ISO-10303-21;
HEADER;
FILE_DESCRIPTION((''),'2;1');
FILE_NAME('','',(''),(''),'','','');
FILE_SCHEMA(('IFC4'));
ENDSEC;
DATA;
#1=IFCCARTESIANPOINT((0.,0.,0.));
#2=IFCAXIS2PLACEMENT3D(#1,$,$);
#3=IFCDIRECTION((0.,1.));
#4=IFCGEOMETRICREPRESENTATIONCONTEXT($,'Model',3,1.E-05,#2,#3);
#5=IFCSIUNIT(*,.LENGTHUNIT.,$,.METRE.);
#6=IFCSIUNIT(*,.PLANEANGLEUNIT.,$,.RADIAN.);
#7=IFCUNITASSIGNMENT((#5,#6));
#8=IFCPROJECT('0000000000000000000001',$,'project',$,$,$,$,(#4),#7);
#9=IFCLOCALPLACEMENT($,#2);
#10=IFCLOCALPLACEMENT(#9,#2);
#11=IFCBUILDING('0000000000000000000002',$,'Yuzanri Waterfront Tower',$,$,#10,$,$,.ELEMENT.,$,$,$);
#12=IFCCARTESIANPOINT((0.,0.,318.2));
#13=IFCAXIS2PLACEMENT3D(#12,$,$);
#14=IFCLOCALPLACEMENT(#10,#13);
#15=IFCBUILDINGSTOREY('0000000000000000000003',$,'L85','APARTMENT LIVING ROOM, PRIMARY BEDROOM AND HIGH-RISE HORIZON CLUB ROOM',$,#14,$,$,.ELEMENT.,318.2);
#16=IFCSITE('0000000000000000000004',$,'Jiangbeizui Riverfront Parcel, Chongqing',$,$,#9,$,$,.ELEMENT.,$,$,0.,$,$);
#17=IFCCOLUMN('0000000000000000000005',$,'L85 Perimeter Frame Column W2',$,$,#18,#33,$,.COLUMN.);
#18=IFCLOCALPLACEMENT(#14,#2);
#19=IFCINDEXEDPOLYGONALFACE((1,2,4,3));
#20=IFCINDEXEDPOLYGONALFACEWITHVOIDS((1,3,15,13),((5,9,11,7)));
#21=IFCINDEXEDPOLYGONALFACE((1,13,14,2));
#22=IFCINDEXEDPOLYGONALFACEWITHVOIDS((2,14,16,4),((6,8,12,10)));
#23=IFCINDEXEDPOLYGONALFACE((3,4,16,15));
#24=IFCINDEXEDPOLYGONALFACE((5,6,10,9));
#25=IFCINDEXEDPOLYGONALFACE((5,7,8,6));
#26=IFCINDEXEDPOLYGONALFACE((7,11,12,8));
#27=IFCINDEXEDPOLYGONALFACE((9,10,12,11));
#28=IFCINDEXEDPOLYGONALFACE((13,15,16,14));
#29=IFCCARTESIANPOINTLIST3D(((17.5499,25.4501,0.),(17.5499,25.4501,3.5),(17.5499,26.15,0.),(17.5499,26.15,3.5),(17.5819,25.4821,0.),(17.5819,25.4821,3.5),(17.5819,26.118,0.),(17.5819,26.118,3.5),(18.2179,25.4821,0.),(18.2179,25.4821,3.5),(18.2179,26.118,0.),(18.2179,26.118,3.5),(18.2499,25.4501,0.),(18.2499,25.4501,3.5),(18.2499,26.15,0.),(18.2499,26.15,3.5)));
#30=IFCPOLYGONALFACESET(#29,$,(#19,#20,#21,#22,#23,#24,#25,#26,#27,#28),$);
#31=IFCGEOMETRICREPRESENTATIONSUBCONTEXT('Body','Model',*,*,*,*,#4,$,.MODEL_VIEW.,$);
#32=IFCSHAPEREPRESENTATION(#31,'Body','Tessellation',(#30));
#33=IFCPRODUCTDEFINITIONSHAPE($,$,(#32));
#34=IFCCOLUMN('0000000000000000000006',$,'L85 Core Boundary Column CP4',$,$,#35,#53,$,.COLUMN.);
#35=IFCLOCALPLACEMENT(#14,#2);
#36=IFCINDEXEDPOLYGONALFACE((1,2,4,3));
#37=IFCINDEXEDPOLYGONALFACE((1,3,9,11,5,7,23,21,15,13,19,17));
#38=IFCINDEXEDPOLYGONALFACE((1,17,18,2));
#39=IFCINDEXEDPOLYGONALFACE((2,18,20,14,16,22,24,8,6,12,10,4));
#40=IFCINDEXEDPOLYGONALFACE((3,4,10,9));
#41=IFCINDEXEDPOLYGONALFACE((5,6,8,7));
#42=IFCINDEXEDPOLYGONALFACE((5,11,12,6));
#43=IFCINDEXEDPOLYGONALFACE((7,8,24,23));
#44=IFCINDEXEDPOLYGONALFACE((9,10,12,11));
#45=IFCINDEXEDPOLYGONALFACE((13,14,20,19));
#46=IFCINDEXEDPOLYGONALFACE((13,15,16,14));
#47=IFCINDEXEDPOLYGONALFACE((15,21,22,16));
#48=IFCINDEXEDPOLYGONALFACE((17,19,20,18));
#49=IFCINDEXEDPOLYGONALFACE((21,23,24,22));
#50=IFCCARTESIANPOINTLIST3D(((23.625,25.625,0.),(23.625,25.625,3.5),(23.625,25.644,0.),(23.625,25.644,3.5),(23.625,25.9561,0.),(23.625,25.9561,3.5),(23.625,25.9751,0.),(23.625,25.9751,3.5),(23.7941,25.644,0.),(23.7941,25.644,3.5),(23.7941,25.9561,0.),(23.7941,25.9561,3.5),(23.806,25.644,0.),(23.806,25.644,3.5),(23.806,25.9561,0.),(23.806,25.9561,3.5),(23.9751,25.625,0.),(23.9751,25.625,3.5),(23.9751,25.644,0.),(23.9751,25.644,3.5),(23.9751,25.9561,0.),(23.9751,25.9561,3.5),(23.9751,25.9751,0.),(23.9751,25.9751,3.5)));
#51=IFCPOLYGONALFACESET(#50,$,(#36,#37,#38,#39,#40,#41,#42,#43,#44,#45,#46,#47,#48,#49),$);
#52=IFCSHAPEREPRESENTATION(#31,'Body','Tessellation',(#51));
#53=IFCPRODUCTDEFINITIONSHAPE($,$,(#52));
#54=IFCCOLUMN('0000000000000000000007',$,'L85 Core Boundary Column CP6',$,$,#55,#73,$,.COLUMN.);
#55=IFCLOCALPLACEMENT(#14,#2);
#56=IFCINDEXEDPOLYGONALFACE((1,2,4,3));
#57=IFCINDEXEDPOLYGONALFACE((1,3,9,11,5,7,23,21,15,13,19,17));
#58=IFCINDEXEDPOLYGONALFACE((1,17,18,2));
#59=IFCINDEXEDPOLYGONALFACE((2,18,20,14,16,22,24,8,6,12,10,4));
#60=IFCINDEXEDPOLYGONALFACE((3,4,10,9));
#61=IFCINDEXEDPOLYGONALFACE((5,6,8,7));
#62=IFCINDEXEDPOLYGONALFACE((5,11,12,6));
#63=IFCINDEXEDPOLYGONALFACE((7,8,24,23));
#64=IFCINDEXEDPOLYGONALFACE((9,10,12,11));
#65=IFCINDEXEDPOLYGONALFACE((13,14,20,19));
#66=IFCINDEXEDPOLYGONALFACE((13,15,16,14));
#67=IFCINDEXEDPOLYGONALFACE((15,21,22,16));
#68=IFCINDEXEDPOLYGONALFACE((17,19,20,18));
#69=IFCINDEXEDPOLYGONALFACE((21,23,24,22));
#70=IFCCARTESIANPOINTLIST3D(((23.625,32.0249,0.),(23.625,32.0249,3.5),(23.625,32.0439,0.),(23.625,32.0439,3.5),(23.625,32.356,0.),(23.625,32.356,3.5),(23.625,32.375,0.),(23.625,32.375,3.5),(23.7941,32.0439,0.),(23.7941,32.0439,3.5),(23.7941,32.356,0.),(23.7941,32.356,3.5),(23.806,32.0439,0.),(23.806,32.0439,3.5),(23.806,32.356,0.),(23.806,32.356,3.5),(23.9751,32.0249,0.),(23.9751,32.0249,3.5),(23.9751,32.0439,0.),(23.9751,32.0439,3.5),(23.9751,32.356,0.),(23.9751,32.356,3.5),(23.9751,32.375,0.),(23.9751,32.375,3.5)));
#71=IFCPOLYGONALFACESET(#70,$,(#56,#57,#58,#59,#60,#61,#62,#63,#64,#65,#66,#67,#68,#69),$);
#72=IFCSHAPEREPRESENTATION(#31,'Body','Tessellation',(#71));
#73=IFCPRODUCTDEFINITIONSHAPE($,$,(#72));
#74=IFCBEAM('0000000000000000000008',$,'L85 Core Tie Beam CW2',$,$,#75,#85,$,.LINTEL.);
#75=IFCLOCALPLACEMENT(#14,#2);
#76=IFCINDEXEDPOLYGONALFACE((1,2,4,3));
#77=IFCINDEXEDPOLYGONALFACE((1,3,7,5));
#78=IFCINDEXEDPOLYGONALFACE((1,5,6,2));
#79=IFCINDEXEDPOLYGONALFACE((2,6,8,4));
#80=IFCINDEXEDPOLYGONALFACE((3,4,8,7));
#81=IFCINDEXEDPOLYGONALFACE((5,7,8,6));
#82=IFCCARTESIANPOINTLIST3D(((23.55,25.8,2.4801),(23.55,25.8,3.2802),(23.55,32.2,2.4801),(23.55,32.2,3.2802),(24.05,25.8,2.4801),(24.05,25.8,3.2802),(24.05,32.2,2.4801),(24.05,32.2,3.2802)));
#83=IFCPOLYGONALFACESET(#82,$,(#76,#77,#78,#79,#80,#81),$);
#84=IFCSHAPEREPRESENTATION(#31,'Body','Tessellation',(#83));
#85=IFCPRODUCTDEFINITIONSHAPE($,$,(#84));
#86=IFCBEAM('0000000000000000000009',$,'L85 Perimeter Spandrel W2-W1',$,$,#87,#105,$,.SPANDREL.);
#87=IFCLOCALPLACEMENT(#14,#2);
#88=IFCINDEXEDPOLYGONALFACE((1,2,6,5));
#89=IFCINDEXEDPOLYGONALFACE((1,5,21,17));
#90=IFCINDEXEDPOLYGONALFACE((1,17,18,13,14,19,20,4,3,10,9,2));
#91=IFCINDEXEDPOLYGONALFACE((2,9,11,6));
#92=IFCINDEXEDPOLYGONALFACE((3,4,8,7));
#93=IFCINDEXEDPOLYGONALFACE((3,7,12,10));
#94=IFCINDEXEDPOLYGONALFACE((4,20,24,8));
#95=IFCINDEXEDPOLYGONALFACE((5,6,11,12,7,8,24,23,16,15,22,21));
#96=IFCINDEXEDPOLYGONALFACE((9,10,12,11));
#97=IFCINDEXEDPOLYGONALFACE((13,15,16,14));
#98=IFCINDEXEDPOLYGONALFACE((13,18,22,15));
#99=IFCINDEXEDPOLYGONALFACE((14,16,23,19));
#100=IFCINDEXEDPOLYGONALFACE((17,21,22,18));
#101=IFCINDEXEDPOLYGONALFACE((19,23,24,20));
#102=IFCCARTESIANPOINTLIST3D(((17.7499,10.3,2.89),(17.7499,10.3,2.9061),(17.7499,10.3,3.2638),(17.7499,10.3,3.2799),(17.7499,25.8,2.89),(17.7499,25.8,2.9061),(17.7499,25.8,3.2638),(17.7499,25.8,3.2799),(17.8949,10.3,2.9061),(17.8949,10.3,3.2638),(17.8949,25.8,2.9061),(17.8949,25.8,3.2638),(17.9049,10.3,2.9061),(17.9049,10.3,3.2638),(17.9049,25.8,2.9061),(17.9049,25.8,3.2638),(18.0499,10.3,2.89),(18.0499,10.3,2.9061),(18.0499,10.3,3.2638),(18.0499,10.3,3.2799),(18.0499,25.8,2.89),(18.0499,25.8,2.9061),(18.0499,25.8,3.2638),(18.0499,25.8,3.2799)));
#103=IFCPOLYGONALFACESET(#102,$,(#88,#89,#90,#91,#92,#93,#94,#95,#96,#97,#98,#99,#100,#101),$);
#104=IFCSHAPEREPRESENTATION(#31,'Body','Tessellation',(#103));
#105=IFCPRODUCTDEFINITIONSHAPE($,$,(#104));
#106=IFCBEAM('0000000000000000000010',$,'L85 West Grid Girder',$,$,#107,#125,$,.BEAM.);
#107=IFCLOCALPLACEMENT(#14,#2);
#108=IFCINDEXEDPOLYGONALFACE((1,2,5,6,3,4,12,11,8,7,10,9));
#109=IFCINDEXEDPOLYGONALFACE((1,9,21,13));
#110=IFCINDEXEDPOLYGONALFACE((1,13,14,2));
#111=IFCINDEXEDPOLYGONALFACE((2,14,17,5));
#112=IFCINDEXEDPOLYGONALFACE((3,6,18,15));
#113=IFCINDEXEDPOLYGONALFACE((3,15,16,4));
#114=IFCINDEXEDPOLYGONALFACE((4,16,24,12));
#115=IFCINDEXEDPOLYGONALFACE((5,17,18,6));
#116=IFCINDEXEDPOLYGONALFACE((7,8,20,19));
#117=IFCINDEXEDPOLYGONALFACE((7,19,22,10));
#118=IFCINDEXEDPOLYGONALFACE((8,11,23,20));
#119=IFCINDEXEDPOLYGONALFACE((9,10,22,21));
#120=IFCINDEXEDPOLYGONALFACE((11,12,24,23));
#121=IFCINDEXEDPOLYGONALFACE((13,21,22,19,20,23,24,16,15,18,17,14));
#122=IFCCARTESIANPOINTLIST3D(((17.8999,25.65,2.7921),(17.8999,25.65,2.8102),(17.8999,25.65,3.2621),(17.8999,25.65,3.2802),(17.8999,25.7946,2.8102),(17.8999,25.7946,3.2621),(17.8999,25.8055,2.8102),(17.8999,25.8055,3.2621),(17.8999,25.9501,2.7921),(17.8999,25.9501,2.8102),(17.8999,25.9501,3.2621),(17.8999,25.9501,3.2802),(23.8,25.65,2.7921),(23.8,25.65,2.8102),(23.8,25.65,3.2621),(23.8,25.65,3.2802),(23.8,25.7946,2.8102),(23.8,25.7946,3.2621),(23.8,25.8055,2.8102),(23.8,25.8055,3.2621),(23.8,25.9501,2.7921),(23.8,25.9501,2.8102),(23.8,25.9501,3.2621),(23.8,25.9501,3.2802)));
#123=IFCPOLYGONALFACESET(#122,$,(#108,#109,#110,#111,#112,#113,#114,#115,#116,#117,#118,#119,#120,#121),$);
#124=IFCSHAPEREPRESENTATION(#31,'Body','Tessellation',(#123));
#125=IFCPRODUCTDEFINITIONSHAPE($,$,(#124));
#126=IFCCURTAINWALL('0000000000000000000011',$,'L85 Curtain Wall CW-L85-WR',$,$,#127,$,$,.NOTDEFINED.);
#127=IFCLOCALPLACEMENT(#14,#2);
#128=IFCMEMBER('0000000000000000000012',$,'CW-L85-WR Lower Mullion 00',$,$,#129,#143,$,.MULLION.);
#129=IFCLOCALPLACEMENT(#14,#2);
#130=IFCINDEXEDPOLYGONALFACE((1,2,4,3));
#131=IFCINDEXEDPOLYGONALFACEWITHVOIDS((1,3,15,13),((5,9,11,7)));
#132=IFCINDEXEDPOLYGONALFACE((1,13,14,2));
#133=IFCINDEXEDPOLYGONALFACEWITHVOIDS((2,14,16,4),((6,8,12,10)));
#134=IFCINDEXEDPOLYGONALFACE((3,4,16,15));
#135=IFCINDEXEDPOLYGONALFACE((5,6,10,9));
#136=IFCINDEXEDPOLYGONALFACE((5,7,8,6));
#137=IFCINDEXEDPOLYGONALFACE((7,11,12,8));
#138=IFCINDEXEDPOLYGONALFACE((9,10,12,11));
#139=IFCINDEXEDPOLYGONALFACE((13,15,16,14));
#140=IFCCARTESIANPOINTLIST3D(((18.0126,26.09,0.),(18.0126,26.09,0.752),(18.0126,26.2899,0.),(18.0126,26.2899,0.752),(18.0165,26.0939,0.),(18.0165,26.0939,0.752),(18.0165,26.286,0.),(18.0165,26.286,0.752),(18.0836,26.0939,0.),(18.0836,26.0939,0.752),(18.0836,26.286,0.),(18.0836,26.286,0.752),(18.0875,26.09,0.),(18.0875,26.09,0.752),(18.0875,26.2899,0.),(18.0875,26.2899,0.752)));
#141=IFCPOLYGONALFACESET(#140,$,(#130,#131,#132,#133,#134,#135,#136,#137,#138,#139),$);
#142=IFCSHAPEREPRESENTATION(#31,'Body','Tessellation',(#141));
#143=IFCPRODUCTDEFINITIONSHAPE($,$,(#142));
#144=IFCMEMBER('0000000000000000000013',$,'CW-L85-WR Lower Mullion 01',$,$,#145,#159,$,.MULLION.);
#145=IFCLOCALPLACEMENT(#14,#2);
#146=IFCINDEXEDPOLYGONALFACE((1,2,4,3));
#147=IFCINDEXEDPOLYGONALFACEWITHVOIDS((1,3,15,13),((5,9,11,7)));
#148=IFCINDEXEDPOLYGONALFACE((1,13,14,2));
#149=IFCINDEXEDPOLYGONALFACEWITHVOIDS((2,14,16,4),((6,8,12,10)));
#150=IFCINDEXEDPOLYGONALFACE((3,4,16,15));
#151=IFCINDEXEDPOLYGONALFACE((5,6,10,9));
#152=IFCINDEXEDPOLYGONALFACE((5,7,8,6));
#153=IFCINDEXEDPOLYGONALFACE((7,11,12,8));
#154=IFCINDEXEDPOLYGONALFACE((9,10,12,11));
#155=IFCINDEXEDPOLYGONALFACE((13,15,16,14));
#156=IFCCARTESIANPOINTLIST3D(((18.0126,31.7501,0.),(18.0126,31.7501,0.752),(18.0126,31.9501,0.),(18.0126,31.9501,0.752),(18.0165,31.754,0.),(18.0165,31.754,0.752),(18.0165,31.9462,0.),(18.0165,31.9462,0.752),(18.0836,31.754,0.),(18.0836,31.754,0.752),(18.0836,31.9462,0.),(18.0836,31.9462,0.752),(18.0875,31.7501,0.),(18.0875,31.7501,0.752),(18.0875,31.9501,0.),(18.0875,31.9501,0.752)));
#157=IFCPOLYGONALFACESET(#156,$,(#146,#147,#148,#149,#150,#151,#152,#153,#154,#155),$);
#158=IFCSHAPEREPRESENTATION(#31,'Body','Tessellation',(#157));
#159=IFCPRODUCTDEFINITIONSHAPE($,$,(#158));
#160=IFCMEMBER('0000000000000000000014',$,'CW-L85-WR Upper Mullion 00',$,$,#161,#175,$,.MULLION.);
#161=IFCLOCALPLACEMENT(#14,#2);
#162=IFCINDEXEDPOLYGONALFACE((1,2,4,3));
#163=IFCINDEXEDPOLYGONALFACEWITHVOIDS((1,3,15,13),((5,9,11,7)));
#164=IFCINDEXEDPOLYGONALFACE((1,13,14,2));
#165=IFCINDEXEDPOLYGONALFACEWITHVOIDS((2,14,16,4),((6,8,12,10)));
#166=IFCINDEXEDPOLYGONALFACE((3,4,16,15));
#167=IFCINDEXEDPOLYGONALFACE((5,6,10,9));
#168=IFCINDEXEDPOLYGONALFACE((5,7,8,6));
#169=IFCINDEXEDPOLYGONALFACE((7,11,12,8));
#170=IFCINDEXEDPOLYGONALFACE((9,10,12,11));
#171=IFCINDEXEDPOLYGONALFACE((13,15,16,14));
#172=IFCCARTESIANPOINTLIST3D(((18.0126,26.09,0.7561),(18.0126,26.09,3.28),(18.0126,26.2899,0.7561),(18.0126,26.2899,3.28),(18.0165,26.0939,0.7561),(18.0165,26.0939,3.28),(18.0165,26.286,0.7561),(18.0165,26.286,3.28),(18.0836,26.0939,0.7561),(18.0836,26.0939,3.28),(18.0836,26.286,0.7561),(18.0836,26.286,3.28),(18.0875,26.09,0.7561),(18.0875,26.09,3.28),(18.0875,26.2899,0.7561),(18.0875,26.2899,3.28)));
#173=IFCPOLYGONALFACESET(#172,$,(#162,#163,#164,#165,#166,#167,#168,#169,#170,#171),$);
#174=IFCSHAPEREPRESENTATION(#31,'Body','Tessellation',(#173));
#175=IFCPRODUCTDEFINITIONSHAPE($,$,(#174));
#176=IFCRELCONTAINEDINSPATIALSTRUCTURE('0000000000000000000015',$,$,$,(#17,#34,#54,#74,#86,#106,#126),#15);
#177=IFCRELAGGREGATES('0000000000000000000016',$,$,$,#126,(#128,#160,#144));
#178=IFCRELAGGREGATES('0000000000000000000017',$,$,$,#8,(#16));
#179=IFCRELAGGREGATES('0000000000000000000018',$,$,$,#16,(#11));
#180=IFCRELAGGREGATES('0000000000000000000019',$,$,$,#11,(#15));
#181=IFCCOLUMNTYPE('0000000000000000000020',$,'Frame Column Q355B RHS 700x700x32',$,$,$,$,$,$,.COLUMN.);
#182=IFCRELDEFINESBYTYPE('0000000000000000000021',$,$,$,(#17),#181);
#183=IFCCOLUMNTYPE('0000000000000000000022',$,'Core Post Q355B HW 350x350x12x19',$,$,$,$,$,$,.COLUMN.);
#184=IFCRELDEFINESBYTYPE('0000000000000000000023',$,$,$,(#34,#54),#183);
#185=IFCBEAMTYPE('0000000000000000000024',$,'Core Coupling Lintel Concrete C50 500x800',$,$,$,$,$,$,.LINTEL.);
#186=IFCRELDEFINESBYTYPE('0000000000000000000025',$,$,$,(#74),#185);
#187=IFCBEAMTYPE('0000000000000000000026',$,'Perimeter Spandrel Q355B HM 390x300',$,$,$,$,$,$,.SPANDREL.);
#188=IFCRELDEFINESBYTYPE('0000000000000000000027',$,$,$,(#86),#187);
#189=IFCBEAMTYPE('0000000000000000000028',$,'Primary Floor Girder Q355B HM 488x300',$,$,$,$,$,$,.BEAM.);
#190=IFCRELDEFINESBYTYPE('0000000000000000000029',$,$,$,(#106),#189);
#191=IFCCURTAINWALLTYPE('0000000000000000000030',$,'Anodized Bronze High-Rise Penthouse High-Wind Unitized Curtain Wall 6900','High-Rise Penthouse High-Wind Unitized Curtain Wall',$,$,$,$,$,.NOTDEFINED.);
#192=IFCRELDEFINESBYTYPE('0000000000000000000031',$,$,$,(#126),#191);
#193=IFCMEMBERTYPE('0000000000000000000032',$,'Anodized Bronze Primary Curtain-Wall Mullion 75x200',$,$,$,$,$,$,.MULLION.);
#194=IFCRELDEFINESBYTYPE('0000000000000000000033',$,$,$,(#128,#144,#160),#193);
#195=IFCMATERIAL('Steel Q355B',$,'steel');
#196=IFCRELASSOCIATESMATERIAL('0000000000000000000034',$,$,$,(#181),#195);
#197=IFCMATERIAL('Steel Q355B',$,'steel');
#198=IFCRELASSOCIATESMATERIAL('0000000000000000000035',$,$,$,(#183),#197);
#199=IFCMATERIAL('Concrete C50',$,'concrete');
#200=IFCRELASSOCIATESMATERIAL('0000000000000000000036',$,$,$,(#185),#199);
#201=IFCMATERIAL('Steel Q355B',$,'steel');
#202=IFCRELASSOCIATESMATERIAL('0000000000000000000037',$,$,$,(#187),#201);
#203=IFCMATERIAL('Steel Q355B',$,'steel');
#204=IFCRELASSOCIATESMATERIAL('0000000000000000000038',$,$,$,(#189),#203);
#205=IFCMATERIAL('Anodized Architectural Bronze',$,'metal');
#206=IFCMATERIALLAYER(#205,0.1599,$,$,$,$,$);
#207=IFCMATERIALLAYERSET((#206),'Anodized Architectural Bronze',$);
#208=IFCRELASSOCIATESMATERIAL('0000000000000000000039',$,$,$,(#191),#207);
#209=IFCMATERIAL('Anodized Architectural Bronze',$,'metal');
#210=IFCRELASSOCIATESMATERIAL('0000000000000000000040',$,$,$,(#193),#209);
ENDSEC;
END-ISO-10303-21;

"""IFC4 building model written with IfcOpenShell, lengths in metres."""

from ifc_helpers import new_model, si_unit, direction, frame, origin, origin_2d, place, context, subcontext, project, spatial, rectangle, hollow_rectangle, i_section, extrude, source, transform, mapped, material, layer, layer_set, material_profile, profile_set, type_object, element, aggregate, save


model = new_model("IFC4")

# Units and contexts
model_context = context("Model", 3, precision=1e-05, world=origin(), true_north=direction((0.0, 1.0)))
body_context = subcontext(model_context, "Body", "Model", "MODEL_VIEW")
ifc_project = project(units=[si_unit("LENGTHUNIT", "METRE"), si_unit("PLANEANGLEUNIT", "RADIAN")], contexts=[model_context])

# Site, building, storey
site_placement = place(None, origin())
site = spatial("IfcSite", under=ifc_project, at=site_placement, Name="Jiangbeizui Riverfront Parcel, Chongqing", CompositionType="ELEMENT", RefElevation=0.0)
building_placement = place(site_placement, origin())
building = spatial("IfcBuilding", under=site, at=building_placement, Name="Yuzanri Waterfront Tower", CompositionType="ELEMENT")
storey_placement = place(building_placement, frame((0.0, 0.0, 318.2)))
storey = spatial("IfcBuildingStorey", under=building, at=storey_placement, Name="L85", Description="APARTMENT LIVING ROOM, PRIMARY BEDROOM AND HIGH-RISE HORIZON CLUB ROOM", CompositionType="ELEMENT", Elevation=318.2)

# Columns
ifc_material_1 = material(Name="Steel Q355B", Category="steel")
ifc_material_profile_1 = material_profile(ifc_material_1, hollow_rectangle(XDim=0.7, YDim=0.7, WallThickness=0.032, at=origin_2d()), Name="RHS 700x700x32")
ifc_profile_set_1 = profile_set([ifc_material_profile_1], Name="Steel Q355B")
column_type_1 = type_object("IfcColumnType", Name="Frame Column Q355B RHS 700x700x32", PredefinedType="COLUMN", material=ifc_profile_set_1)
shared_shape_1 = source(origin(), body_context, "Body", "SweptSolid", [
    extrude(hollow_rectangle(XDim=0.7, YDim=0.7, WallThickness=0.032, at=origin_2d()), origin(), (0.0, 0.0, 1.0), 3.5),
])
column_placement = place(storey_placement, frame((17.8999, 25.8, 0.0), z_axis=(0.0, 0.0, 1.0), x_axis=(1.0, 0.0, 0.0)))
element("IfcColumn", 1, at=column_placement, inside=storey, type_object=column_type_1, Name="L85 Perimeter Frame Column W2", PredefinedType="COLUMN", context=body_context, shape_type="MappedRepresentation", body=[
    mapped(shared_shape_1, transform((0.0, 0.0, 0.0), scale=1.0)),
])
ifc_material_2 = material(Name="Steel Q355B", Category="steel")
ifc_material_profile_2 = material_profile(ifc_material_2, i_section(OverallWidth=0.3501, OverallDepth=0.3501, WebThickness=0.012, FlangeThickness=0.019, at=origin_2d()), Name="HW 350x350x12x19")
ifc_profile_set_2 = profile_set([ifc_material_profile_2], Name="Steel Q355B")
column_type_2 = type_object("IfcColumnType", Name="Core Post Q355B HW 350x350x12x19", PredefinedType="COLUMN", material=ifc_profile_set_2)
shared_shape_2 = source(origin(), body_context, "Body", "SweptSolid", [
    extrude(i_section(OverallWidth=0.3501, OverallDepth=0.3501, WebThickness=0.012, FlangeThickness=0.019, at=origin_2d()), origin(), (0.0, 0.0, 1.0), 3.5),
])
for number, where, z_axis, x_axis, name in (
    (2, (23.8, 25.8, 0.0), (0.0, 0.0, 1.0), (1.0, 0.0, 0.0), "L85 Core Boundary Column CP4"),
    (3, (23.8, 32.2, 0.0), (0.0, 0.0, 1.0), (1.0, 0.0, 0.0), "L85 Core Boundary Column CP6"),
):
    element("IfcColumn", number, at=place(storey_placement, frame(where, z_axis=z_axis, x_axis=x_axis)), inside=storey, type_object=column_type_2, Name=name, PredefinedType="COLUMN", context=body_context, shape_type="MappedRepresentation", body=[
        mapped(shared_shape_2, transform((0.0, 0.0, 0.0), scale=1.0)),
    ])

# Beams
ifc_material_3 = material(Name="Concrete C50", Category="concrete")
ifc_material_profile_3 = material_profile(ifc_material_3, rectangle(XDim=0.5, YDim=0.8, at=origin_2d()), Name="RC 500x800")
ifc_profile_set_3 = profile_set([ifc_material_profile_3], Name="Concrete C50")
beam_type_1 = type_object("IfcBeamType", Name="Core Coupling Lintel Concrete C50 500x800", PredefinedType="LINTEL", material=ifc_profile_set_3)
shared_shape_3 = source(origin(), body_context, "Body", "SweptSolid", [
    extrude(rectangle(XDim=0.5, YDim=0.8, at=origin_2d()), origin(), (0.0, 0.0, 1.0), 6.3999),
])
beam_1_placement = place(storey_placement, frame((23.8, 25.8, 2.8801), z_axis=(0.0, 1.0, 0.0), x_axis=(-1.0, 0.0, 0.0)))
element("IfcBeam", 4, at=beam_1_placement, inside=storey, type_object=beam_type_1, Name="L85 Core Tie Beam CW2", PredefinedType="LINTEL", context=body_context, shape_type="MappedRepresentation", body=[
    mapped(shared_shape_3, transform((0.0, 0.0, 0.0), scale=1.0)),
])
ifc_material_4 = material(Name="Steel Q355B", Category="steel")
ifc_material_profile_4 = material_profile(ifc_material_4, i_section(OverallWidth=0.3, OverallDepth=0.3899, WebThickness=0.01, FlangeThickness=0.0161, at=origin_2d()), Name="HM 390x300x10x16")
ifc_profile_set_4 = profile_set([ifc_material_profile_4], Name="Steel Q355B")
beam_type_2 = type_object("IfcBeamType", Name="Perimeter Spandrel Q355B HM 390x300", PredefinedType="SPANDREL", material=ifc_profile_set_4)
shared_shape_4 = source(origin(), body_context, "Body", "SweptSolid", [
    extrude(i_section(OverallWidth=0.3, OverallDepth=0.3899, WebThickness=0.01, FlangeThickness=0.0161, at=origin_2d()), origin(), (0.0, 0.0, 1.0), 15.5),
])
beam_2_placement = place(storey_placement, frame((17.8999, 25.8, 3.085), z_axis=(0.0, -1.0, 0.0), x_axis=(1.0, 0.0, 0.0)))
element("IfcBeam", 5, at=beam_2_placement, inside=storey, type_object=beam_type_2, Name="L85 Perimeter Spandrel W2-W1", PredefinedType="SPANDREL", context=body_context, shape_type="MappedRepresentation", body=[
    mapped(shared_shape_4, transform((0.0, 0.0, 0.0), scale=1.0)),
])
ifc_material_5 = material(Name="Steel Q355B", Category="steel")
ifc_material_profile_5 = material_profile(ifc_material_5, i_section(OverallWidth=0.3, OverallDepth=0.488, WebThickness=0.011, FlangeThickness=0.0181, at=origin_2d()), Name="HM 488x300x11x18")
ifc_profile_set_5 = profile_set([ifc_material_profile_5], Name="Steel Q355B")
beam_type_3 = type_object("IfcBeamType", Name="Primary Floor Girder Q355B HM 488x300", PredefinedType="BEAM", material=ifc_profile_set_5)
shared_shape_5 = source(origin(), body_context, "Body", "SweptSolid", [
    extrude(i_section(OverallWidth=0.3, OverallDepth=0.488, WebThickness=0.011, FlangeThickness=0.0181, at=origin_2d()), origin(), (0.0, 0.0, 1.0), 5.9001),
])
beam_3_placement = place(storey_placement, frame((23.8, 25.8, 3.0361), z_axis=(-1.0, 0.0, 0.0), x_axis=(0.0, -1.0, 0.0)))
element("IfcBeam", 6, at=beam_3_placement, inside=storey, type_object=beam_type_3, Name="L85 West Grid Girder", PredefinedType="BEAM", context=body_context, shape_type="MappedRepresentation", body=[
    mapped(shared_shape_5, transform((0.0, 0.0, 0.0), scale=1.0)),
])

# Curtain wall, members
ifc_material_6 = material(Name="Anodized Architectural Bronze", Category="metal")
ifc_layer_1 = layer(ifc_material_6, 0.1599)
ifc_layer_set_1 = layer_set([ifc_layer_1], Name="Anodized Architectural Bronze")
curtain_wall_type = type_object("IfcCurtainWallType", Name="Anodized Bronze High-Rise Penthouse High-Wind Unitized Curtain Wall 6900", Description="High-Rise Penthouse High-Wind Unitized Curtain Wall", PredefinedType="NOTDEFINED", material=ifc_layer_set_1)
curtain_wall_placement = place(storey_placement, origin())
curtain_wall = element("IfcCurtainWall", 7, at=curtain_wall_placement, inside=storey, type_object=curtain_wall_type, Name="L85 Curtain Wall CW-L85-WR", PredefinedType="NOTDEFINED")
ifc_material_7 = material(Name="Anodized Architectural Bronze", Category="metal")
ifc_material_profile_6 = material_profile(ifc_material_7, hollow_rectangle(XDim=0.075, YDim=0.2, WallThickness=0.0039, at=origin_2d()), Name="CWM 75x200")
ifc_profile_set_6 = profile_set([ifc_material_profile_6], Name="Anodized Architectural Bronze")
member_type_1 = type_object("IfcMemberType", Name="Anodized Bronze Primary Curtain-Wall Mullion 75x200", PredefinedType="MULLION", material=ifc_profile_set_6)
shared_shape_6 = source(origin(), body_context, "Body", "SweptSolid", [
    extrude(hollow_rectangle(XDim=0.075, YDim=0.2, WallThickness=0.0039, at=origin_2d()), origin(), (0.0, 0.0, 1.0), 0.752),
])
member_1_placement = place(storey_placement, frame((18.05, 26.1899, 0.0), z_axis=(0.0, 0.0, 1.0), x_axis=(1.0, 0.0, 0.0)))
member_1 = element("IfcMember", 8, at=member_1_placement, type_object=member_type_1, Name="CW-L85-WR Lower Mullion 00", PredefinedType="MULLION", context=body_context, shape_type="MappedRepresentation", body=[
    mapped(shared_shape_6, transform((0.0, 0.0, 0.0), scale=1.0)),
])
member_2_placement = place(storey_placement, frame((18.05, 31.8501, 0.0), z_axis=(0.0, 0.0, 1.0), x_axis=(1.0, 0.0, 0.0)))
member_2 = element("IfcMember", 9, at=member_2_placement, type_object=member_type_1, Name="CW-L85-WR Lower Mullion 01", PredefinedType="MULLION", context=body_context, shape_type="MappedRepresentation", body=[
    mapped(shared_shape_6, transform((0.0, 0.0, 0.0), scale=1.0)),
])
shared_shape_7 = source(origin(), body_context, "Body", "SweptSolid", [
    extrude(hollow_rectangle(XDim=0.075, YDim=0.2, WallThickness=0.0039, at=origin_2d()), origin(), (0.0, 0.0, 1.0), 2.5239),
])
member_3_placement = place(storey_placement, frame((18.05, 26.1899, 0.7561), z_axis=(0.0, 0.0, 1.0), x_axis=(1.0, 0.0, 0.0)))
member_3 = element("IfcMember", 10, at=member_3_placement, type_object=member_type_1, Name="CW-L85-WR Upper Mullion 00", PredefinedType="MULLION", context=body_context, shape_type="MappedRepresentation", body=[
    mapped(shared_shape_7, transform((0.0, 0.0, 0.0), scale=1.0)),
])
aggregate(curtain_wall, [member_1, member_3, member_2])

save(model, "model.ifc")
